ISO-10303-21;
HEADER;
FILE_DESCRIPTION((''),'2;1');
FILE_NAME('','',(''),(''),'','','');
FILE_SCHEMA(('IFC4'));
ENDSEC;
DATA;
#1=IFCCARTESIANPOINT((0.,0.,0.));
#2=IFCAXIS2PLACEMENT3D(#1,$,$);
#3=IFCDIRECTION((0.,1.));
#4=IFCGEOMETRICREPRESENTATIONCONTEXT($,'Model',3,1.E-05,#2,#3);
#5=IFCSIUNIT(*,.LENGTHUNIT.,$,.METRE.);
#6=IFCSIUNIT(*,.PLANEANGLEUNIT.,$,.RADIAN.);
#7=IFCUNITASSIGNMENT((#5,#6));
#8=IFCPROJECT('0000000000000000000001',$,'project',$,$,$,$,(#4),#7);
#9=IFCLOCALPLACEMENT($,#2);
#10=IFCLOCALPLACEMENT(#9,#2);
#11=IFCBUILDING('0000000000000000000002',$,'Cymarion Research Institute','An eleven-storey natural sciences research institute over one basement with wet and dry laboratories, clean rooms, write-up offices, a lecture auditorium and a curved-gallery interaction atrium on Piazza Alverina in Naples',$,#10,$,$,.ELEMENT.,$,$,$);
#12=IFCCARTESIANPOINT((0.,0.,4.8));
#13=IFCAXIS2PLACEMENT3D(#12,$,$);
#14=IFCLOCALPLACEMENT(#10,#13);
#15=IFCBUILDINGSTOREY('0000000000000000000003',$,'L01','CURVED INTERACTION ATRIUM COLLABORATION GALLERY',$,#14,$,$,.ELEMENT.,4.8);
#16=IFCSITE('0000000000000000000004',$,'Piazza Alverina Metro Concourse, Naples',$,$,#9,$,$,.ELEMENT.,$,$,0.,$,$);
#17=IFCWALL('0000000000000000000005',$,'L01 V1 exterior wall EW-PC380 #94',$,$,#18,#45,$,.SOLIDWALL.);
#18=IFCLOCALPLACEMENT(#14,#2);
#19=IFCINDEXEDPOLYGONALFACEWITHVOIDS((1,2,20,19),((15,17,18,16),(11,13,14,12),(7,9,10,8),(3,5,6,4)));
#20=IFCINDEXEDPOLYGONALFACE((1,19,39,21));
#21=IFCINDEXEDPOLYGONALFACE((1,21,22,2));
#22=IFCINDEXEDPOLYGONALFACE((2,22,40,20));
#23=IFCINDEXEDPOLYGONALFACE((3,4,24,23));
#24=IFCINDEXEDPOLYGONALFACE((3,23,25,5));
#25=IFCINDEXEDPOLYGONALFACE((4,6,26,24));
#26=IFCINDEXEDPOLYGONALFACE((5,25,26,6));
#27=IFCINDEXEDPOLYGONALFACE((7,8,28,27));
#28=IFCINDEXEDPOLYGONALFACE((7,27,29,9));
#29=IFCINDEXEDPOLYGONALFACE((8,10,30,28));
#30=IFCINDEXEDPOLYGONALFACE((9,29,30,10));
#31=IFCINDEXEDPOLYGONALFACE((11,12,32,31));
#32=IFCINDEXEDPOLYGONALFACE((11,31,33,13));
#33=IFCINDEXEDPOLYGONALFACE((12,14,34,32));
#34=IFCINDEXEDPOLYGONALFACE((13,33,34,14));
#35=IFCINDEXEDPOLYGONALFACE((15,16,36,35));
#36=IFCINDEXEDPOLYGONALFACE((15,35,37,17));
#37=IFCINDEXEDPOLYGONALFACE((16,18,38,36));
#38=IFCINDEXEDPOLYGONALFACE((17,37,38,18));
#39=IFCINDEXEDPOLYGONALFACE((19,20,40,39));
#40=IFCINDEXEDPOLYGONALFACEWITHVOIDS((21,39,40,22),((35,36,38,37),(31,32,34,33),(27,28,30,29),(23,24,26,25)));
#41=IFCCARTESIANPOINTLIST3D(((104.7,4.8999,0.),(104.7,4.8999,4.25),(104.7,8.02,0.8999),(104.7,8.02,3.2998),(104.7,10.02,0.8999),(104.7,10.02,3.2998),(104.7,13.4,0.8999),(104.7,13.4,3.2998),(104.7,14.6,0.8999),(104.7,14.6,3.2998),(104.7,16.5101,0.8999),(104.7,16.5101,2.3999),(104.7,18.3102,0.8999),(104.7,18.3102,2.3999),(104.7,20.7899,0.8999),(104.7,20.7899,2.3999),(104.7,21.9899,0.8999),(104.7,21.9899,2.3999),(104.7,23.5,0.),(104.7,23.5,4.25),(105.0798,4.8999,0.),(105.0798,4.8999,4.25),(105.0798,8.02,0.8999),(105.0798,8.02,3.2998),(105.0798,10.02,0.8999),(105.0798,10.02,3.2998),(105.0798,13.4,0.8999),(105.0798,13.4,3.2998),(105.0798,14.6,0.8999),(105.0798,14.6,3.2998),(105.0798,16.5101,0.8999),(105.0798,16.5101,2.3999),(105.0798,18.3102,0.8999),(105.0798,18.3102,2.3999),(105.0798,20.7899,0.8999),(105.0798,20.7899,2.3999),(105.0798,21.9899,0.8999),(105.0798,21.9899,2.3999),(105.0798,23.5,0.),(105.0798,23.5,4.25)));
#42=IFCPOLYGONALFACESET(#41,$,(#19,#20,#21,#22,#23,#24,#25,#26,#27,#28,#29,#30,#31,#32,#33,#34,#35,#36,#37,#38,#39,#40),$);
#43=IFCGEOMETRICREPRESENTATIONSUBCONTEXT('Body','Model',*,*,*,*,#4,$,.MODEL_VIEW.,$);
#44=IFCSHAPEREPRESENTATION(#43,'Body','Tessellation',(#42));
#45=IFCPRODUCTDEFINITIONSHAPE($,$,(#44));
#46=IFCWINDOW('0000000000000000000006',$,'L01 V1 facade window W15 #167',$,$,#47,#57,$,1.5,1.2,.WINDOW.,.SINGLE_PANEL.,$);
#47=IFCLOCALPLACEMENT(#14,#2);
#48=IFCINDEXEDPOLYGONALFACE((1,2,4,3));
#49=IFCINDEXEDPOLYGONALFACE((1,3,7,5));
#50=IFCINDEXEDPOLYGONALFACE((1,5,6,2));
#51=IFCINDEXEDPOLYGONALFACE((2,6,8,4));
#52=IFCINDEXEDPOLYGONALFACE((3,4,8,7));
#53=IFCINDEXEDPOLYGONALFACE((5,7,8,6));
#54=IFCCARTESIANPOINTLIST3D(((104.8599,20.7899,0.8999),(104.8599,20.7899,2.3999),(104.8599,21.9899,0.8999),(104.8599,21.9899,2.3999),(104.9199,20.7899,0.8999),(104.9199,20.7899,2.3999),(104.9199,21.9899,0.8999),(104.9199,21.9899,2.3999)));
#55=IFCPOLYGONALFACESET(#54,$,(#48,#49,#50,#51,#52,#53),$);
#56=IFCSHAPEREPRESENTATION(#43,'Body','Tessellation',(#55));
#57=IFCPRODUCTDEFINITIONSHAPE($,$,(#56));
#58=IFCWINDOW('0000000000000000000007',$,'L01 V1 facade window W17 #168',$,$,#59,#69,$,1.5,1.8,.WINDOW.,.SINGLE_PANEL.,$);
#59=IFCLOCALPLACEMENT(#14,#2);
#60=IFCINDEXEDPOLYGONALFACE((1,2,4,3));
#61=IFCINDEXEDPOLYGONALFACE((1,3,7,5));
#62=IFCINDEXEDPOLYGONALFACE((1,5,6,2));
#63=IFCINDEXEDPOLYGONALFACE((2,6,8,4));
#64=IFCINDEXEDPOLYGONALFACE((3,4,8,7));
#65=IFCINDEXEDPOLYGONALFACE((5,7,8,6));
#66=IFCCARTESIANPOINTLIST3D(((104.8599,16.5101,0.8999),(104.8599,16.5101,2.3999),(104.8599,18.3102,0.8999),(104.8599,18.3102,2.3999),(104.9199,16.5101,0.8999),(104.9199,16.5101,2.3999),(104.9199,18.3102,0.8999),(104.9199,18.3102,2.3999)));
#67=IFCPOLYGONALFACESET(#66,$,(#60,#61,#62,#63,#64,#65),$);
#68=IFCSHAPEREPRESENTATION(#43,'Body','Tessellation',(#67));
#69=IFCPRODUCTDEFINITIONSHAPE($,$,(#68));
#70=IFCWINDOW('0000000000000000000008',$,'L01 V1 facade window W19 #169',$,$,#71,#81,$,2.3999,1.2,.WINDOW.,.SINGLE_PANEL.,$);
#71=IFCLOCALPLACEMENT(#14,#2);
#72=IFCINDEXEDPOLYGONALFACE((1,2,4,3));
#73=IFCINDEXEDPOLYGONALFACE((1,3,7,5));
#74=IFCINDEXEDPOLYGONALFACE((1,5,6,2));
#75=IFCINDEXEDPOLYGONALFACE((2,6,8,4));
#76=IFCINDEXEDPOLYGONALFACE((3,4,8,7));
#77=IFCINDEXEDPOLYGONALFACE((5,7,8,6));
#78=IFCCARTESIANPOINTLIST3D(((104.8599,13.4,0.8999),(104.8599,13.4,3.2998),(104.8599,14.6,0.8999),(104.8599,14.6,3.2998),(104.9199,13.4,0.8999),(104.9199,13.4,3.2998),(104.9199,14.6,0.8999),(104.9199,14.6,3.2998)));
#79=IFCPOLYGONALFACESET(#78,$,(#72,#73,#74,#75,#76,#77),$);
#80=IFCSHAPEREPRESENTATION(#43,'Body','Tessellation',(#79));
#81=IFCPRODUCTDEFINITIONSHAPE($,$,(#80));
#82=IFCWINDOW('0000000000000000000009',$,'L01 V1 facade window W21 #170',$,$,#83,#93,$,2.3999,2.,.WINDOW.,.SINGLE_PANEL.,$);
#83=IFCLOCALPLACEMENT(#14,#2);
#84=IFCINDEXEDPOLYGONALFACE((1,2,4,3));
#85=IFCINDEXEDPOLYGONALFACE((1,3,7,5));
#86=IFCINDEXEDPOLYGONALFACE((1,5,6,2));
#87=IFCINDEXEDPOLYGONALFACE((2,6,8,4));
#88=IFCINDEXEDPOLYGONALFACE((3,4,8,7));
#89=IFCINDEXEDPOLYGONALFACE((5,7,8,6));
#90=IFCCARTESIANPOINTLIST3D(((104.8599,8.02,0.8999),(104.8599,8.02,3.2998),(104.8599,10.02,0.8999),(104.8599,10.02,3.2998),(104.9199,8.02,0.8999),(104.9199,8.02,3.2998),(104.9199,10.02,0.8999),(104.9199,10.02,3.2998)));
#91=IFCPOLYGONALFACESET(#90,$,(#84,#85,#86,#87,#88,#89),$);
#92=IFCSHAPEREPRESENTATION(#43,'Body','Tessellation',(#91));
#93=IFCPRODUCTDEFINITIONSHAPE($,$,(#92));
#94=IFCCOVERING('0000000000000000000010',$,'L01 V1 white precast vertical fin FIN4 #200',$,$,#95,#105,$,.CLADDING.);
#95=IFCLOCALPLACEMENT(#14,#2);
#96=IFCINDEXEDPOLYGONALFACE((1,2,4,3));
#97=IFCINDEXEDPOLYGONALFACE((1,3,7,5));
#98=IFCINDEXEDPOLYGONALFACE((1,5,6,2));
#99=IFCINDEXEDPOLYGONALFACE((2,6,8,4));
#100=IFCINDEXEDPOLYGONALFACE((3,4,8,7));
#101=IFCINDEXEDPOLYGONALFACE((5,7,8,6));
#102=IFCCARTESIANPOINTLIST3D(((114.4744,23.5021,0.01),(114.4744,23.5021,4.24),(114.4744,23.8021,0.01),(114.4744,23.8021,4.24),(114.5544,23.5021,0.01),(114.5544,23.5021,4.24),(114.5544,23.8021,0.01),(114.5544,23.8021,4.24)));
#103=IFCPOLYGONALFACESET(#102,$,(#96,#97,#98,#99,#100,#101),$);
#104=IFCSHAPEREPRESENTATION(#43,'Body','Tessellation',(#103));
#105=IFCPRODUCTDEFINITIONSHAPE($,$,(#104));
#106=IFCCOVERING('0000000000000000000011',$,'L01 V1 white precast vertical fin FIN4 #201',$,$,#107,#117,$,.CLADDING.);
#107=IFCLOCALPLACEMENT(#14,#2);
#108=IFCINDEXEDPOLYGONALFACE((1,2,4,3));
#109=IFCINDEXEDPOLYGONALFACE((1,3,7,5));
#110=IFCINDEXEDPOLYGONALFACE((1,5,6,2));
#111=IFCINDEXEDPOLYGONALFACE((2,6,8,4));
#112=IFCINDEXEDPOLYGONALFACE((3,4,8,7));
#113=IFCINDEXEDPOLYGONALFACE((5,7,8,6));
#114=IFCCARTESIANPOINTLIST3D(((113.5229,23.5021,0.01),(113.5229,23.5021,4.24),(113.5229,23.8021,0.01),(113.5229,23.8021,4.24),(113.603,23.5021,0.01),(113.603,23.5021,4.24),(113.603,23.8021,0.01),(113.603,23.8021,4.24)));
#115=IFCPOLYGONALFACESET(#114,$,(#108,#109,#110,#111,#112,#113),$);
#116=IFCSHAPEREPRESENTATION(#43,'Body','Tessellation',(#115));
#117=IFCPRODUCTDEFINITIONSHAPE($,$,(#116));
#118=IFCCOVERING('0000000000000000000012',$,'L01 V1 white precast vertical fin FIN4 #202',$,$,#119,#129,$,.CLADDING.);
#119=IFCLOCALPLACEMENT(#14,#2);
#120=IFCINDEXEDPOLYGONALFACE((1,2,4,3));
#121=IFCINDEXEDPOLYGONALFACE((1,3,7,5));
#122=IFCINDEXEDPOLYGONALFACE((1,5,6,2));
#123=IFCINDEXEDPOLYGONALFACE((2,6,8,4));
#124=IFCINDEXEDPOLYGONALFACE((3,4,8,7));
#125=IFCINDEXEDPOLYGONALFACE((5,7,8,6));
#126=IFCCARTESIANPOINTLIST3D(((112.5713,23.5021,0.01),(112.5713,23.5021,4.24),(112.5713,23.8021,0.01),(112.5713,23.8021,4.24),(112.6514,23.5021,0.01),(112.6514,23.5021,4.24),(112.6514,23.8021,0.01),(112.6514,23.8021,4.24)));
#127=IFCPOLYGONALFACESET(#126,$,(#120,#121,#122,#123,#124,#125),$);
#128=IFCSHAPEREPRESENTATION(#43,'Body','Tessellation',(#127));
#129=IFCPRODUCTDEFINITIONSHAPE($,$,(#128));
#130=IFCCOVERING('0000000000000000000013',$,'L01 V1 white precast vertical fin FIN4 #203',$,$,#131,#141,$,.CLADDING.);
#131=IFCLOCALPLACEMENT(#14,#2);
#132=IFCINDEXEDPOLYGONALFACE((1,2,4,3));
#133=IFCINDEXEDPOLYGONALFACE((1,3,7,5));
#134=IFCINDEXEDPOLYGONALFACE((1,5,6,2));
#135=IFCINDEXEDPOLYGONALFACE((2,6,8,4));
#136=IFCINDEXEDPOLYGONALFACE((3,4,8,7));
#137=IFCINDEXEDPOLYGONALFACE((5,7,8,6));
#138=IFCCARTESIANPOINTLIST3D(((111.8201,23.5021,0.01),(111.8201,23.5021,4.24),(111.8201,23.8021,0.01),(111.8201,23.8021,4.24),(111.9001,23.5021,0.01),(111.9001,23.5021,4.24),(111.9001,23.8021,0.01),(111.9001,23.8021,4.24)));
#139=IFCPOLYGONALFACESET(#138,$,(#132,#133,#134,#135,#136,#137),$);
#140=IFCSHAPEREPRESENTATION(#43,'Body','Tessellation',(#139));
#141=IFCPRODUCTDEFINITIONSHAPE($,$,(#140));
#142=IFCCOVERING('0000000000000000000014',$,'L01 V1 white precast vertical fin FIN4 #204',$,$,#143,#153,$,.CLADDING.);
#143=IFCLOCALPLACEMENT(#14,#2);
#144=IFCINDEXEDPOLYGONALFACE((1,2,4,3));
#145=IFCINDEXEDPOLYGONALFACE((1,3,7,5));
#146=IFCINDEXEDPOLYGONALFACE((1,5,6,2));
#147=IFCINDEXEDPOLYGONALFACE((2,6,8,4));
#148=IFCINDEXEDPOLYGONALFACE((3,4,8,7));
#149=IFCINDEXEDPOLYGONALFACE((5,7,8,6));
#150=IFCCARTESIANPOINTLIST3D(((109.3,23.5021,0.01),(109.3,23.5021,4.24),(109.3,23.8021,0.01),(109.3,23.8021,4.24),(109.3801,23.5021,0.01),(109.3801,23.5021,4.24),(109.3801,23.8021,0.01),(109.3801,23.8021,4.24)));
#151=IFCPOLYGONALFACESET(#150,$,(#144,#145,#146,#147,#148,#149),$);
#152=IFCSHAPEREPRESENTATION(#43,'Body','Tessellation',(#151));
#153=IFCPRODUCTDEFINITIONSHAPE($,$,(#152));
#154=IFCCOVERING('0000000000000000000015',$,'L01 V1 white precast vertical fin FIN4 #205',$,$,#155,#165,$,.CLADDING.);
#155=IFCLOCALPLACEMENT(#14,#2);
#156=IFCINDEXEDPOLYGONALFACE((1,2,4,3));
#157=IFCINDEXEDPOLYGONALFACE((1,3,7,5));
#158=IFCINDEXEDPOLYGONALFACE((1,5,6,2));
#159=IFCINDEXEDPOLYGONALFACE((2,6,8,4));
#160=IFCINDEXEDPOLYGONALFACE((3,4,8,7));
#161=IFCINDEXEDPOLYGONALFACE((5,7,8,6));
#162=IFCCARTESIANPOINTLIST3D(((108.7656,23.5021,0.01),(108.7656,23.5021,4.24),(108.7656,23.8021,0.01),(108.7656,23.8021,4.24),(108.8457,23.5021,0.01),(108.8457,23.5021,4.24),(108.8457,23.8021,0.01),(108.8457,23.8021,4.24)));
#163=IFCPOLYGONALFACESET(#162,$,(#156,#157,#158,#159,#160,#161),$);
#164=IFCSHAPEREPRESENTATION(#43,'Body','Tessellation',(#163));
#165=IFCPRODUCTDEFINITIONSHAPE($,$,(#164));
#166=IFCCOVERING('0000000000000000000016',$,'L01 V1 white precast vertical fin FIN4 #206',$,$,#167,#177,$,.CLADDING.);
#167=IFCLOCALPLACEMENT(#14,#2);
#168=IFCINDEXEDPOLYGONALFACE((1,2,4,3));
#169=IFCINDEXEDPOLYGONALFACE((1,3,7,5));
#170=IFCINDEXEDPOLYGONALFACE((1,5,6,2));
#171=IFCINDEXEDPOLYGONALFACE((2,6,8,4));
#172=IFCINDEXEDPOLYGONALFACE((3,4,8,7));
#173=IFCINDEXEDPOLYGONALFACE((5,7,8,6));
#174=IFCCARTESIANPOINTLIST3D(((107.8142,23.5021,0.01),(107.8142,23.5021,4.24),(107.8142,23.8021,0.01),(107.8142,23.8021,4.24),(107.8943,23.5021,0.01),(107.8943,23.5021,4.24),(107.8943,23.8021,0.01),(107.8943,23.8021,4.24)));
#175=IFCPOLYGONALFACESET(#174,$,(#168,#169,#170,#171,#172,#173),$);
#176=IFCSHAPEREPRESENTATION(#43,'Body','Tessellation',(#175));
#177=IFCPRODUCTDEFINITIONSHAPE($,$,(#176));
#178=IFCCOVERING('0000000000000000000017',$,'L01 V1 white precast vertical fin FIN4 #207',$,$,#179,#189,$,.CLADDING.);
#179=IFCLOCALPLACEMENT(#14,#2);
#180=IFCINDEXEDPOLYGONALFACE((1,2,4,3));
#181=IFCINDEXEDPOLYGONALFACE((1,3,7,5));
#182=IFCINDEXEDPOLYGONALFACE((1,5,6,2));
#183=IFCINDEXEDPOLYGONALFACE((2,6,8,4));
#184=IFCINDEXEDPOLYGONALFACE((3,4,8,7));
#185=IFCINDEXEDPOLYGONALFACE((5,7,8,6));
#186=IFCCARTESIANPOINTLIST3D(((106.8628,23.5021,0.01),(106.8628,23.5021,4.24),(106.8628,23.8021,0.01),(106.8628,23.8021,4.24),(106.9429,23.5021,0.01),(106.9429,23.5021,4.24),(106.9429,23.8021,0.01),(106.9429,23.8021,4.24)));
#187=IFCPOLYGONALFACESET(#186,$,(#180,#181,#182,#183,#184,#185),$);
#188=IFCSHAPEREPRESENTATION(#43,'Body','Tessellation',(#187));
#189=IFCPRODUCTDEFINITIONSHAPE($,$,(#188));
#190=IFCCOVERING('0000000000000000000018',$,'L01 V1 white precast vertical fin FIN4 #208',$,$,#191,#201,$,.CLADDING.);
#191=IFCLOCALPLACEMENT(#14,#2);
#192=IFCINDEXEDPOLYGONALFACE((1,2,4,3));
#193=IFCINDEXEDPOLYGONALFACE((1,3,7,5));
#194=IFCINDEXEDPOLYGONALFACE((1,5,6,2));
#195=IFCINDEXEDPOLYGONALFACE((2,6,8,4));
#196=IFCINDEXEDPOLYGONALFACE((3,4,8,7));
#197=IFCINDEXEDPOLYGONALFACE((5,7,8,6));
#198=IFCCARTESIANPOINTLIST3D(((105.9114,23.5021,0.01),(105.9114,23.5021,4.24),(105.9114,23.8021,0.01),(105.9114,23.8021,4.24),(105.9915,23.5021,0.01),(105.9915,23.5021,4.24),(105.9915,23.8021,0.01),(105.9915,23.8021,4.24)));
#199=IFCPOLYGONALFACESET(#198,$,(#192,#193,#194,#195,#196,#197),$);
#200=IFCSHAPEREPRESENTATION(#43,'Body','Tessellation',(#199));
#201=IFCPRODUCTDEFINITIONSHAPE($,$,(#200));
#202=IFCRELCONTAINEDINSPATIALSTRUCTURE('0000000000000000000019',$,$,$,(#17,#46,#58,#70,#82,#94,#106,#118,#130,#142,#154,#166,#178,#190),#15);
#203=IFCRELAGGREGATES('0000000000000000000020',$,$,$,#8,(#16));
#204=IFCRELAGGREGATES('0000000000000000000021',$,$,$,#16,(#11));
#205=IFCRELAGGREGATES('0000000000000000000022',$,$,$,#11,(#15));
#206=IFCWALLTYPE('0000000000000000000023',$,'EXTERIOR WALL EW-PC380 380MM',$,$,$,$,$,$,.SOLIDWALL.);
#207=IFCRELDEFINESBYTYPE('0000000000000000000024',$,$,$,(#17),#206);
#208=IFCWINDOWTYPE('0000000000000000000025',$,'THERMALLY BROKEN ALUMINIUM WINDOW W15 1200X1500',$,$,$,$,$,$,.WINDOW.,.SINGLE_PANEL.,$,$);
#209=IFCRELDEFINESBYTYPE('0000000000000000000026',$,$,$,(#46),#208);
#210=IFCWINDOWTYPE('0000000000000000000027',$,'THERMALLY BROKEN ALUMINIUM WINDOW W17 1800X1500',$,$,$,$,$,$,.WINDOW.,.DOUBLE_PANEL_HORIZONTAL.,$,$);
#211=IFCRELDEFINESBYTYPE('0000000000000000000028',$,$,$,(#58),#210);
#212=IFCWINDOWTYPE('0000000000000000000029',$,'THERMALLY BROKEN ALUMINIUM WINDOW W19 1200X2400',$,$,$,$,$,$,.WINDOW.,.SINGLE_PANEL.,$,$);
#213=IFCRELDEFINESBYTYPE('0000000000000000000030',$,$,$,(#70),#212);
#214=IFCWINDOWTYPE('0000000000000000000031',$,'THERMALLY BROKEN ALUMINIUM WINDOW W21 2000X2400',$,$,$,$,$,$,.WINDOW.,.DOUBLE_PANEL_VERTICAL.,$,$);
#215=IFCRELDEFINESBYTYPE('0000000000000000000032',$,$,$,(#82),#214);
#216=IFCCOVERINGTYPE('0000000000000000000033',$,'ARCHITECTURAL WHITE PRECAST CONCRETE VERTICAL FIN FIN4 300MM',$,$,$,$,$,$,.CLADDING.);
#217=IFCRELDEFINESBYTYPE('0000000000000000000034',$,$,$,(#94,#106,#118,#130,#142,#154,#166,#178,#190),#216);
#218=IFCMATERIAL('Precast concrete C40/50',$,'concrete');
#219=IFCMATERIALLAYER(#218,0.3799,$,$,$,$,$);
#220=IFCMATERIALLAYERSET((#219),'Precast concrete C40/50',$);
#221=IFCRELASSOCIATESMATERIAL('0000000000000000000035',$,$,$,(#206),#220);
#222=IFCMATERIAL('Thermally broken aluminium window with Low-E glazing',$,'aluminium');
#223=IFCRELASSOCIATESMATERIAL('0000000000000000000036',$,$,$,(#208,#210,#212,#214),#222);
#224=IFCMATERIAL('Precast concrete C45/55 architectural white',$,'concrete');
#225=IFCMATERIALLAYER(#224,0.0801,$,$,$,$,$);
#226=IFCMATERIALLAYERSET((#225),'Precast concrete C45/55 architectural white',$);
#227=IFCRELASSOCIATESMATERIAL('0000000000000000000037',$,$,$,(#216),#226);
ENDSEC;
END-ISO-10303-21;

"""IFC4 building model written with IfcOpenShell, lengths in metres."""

from ifc_helpers import new_model, si_unit, direction, frame, frame_2d, origin, origin_2d, place, context, subcontext, project, spatial, rectangle, extrude, material, layer, layer_set, type_object, element, fill, save


model = new_model("IFC4")

# Units and contexts
model_context = context("Model", 3, precision=1e-05, world=origin(), true_north=direction((0.0, 1.0)))
body_context = subcontext(model_context, "Body", "Model", "MODEL_VIEW")
ifc_project = project(units=[si_unit("LENGTHUNIT", "METRE"), si_unit("PLANEANGLEUNIT", "RADIAN")], contexts=[model_context])

# Site, building, storey
site_placement = place(None, origin())
site = spatial("IfcSite", under=ifc_project, at=site_placement, Name="Piazza Alverina Metro Concourse, Naples", CompositionType="ELEMENT", RefElevation=0.0)
building_placement = place(site_placement, origin())
building = spatial("IfcBuilding", under=site, at=building_placement, Name="Cymarion Research Institute", Description="An eleven-storey natural sciences research institute over one basement with wet and dry laboratories, clean rooms, write-up offices, a lecture auditorium and a curved-gallery interaction atrium on Piazza Alverina in Naples", CompositionType="ELEMENT")
storey_placement = place(building_placement, frame((0.0, 0.0, 4.8)))
storey = spatial("IfcBuildingStorey", under=building, at=storey_placement, Name="L01", Description="CURVED INTERACTION ATRIUM COLLABORATION GALLERY", CompositionType="ELEMENT", Elevation=4.8)

# Wall, openings, windows
ifc_material_1 = material(Name="Precast concrete C40/50", Category="concrete")
ifc_layer_1 = layer(ifc_material_1, 0.3799)
ifc_layer_set_1 = layer_set([ifc_layer_1], Name="Precast concrete C40/50")
wall_type = type_object("IfcWallType", Name="EXTERIOR WALL EW-PC380 380MM", PredefinedType="SOLIDWALL", material=ifc_layer_set_1)
wall_placement = place(storey_placement, frame((104.8899, 23.5, 0.0), z_axis=(0.0, 0.0, 1.0), x_axis=(0.0, -1.0, 0.0)))
wall = element("IfcWall", 1, at=wall_placement, inside=storey, type_object=wall_type, Name="L01 V1 exterior wall EW-PC380 #94", PredefinedType="SOLIDWALL", context=body_context, shape_type="SweptSolid", body=[
    extrude(rectangle(XDim=18.6001, YDim=0.3799, at=frame_2d((9.3, 0.0))), origin(), (0.0, 0.0, 1.0), 4.25),
])
opening_1_placement = place(wall_placement, frame((1.51, 0.0, 0.8999)))
opening_1 = element("IfcOpeningElement", 2, at=opening_1_placement, cuts=wall, PredefinedType="OPENING", context=body_context, shape_type="SweptSolid", body=[
    extrude(rectangle(XDim=1.2, YDim=1.5, at=frame_2d((0.6001, 0.75))), frame((0.0, 0.2, 0.0), z_axis=(0.0, -1.0, 0.0), x_axis=(1.0, 0.0, 0.0)), (0.0, 0.0, 1.0), 0.3999),
])
opening_2_placement = place(wall_placement, frame((5.1899, 0.0, 0.8999)))
opening_2 = element("IfcOpeningElement", 3, at=opening_2_placement, cuts=wall, PredefinedType="OPENING", context=body_context, shape_type="SweptSolid", body=[
    extrude(rectangle(XDim=1.8, YDim=1.5, at=frame_2d((0.8999, 0.75))), frame((0.0, 0.2, 0.0), z_axis=(0.0, -1.0, 0.0), x_axis=(1.0, 0.0, 0.0)), (0.0, 0.0, 1.0), 0.3999),
])
opening_3_placement = place(wall_placement, frame((8.8999, 0.0, 0.8999)))
opening_3 = element("IfcOpeningElement", 4, at=opening_3_placement, cuts=wall, PredefinedType="OPENING", context=body_context, shape_type="SweptSolid", body=[
    extrude(rectangle(XDim=1.2, YDim=2.3999, at=frame_2d((0.6001, 1.2))), frame((0.0, 0.2, 0.0), z_axis=(0.0, -1.0, 0.0), x_axis=(1.0, 0.0, 0.0)), (0.0, 0.0, 1.0), 0.3999),
])
opening_4_placement = place(wall_placement, frame((13.48, 0.0, 0.8999)))
opening_4 = element("IfcOpeningElement", 5, at=opening_4_placement, cuts=wall, PredefinedType="OPENING", context=body_context, shape_type="SweptSolid", body=[
    extrude(rectangle(XDim=2.0, YDim=2.3999, at=frame_2d((1.0, 1.2))), frame((0.0, 0.2, 0.0), z_axis=(0.0, -1.0, 0.0), x_axis=(1.0, 0.0, 0.0)), (0.0, 0.0, 1.0), 0.3999),
])
ifc_material_2 = material(Name="Thermally broken aluminium window with Low-E glazing", Category="aluminium")
window_type_1 = type_object("IfcWindowType", Name="THERMALLY BROKEN ALUMINIUM WINDOW W15 1200X1500", PartitioningType="SINGLE_PANEL", PredefinedType="WINDOW", material=ifc_material_2)
window_1_placement = place(opening_1_placement, origin())
window_1 = element("IfcWindow", 6, at=window_1_placement, inside=storey, type_object=window_type_1, Name="L01 V1 facade window W15 #167", OverallHeight=1.5, OverallWidth=1.2, PartitioningType="SINGLE_PANEL", PredefinedType="WINDOW", context=body_context, shape_type="SweptSolid", body=[
    extrude(rectangle(XDim=1.2, YDim=1.5, at=frame_2d((0.6001, 0.75))), frame((0.0, 0.03, 0.0), z_axis=(0.0, -1.0, 0.0), x_axis=(1.0, 0.0, 0.0)), (0.0, 0.0, 1.0), 0.0601),
])
fill(opening_1, window_1)
window_type_2 = type_object("IfcWindowType", Name="THERMALLY BROKEN ALUMINIUM WINDOW W17 1800X1500", PartitioningType="DOUBLE_PANEL_HORIZONTAL", PredefinedType="WINDOW", material=ifc_material_2)
window_2_placement = place(opening_2_placement, origin())
window_2 = element("IfcWindow", 7, at=window_2_placement, inside=storey, type_object=window_type_2, Name="L01 V1 facade window W17 #168", OverallHeight=1.5, OverallWidth=1.8, PartitioningType="SINGLE_PANEL", PredefinedType="WINDOW", context=body_context, shape_type="SweptSolid", body=[
    extrude(rectangle(XDim=1.8, YDim=1.5, at=frame_2d((0.8999, 0.75))), frame((0.0, 0.03, 0.0), z_axis=(0.0, -1.0, 0.0), x_axis=(1.0, 0.0, 0.0)), (0.0, 0.0, 1.0), 0.0601),
])
fill(opening_2, window_2)
window_type_3 = type_object("IfcWindowType", Name="THERMALLY BROKEN ALUMINIUM WINDOW W19 1200X2400", PartitioningType="SINGLE_PANEL", PredefinedType="WINDOW", material=ifc_material_2)
window_3_placement = place(opening_3_placement, origin())
window_3 = element("IfcWindow", 8, at=window_3_placement, inside=storey, type_object=window_type_3, Name="L01 V1 facade window W19 #169", OverallHeight=2.3999, OverallWidth=1.2, PartitioningType="SINGLE_PANEL", PredefinedType="WINDOW", context=body_context, shape_type="SweptSolid", body=[
    extrude(rectangle(XDim=1.2, YDim=2.3999, at=frame_2d((0.6001, 1.2))), frame((0.0, 0.03, 0.0), z_axis=(0.0, -1.0, 0.0), x_axis=(1.0, 0.0, 0.0)), (0.0, 0.0, 1.0), 0.0601),
])
fill(opening_3, window_3)
window_type_4 = type_object("IfcWindowType", Name="THERMALLY BROKEN ALUMINIUM WINDOW W21 2000X2400", PartitioningType="DOUBLE_PANEL_VERTICAL", PredefinedType="WINDOW", material=ifc_material_2)
window_4_placement = place(opening_4_placement, origin())
window_4 = element("IfcWindow", 9, at=window_4_placement, inside=storey, type_object=window_type_4, Name="L01 V1 facade window W21 #170", OverallHeight=2.3999, OverallWidth=2.0, PartitioningType="SINGLE_PANEL", PredefinedType="WINDOW", context=body_context, shape_type="SweptSolid", body=[
    extrude(rectangle(XDim=2.0, YDim=2.3999, at=frame_2d((1.0, 1.2))), frame((0.0, 0.03, 0.0), z_axis=(0.0, -1.0, 0.0), x_axis=(1.0, 0.0, 0.0)), (0.0, 0.0, 1.0), 0.0601),
])
fill(opening_4, window_4)

# Coverings
ifc_material_3 = material(Name="Precast concrete C45/55 architectural white", Category="concrete")
ifc_layer_2 = layer(ifc_material_3, 0.0801)
ifc_layer_set_2 = layer_set([ifc_layer_2], Name="Precast concrete C45/55 architectural white")
covering_type_1 = type_object("IfcCoveringType", Name="ARCHITECTURAL WHITE PRECAST CONCRETE VERTICAL FIN FIN4 300MM", PredefinedType="CLADDING", material=ifc_layer_set_2)
for number, where, z_axis, x_axis, name in (
    (10, (114.5144, 23.6521, 0.01), (0.0, 0.0, 1.0), (0.0, 1.0, 0.0), "L01 V1 white precast vertical fin FIN4 #200"),
    (11, (113.563, 23.6521, 0.01), (0.0, 0.0, 1.0), (0.0, 1.0, 0.0), "L01 V1 white precast vertical fin FIN4 #201"),
    (12, (112.6113, 23.6521, 0.01), (0.0, 0.0, 1.0), (0.0, 1.0, 0.0), "L01 V1 white precast vertical fin FIN4 #202"),
    (13, (111.8601, 23.6521, 0.01), (0.0, 0.0, 1.0), (0.0, 1.0, 0.0), "L01 V1 white precast vertical fin FIN4 #203"),
    (14, (109.3401, 23.6521, 0.01), (0.0, 0.0, 1.0), (0.0, 1.0, 0.0), "L01 V1 white precast vertical fin FIN4 #204"),
    (15, (108.8057, 23.6521, 0.01), (0.0, 0.0, 1.0), (0.0, 1.0, 0.0), "L01 V1 white precast vertical fin FIN4 #205"),
    (16, (107.8542, 23.6521, 0.01), (0.0, 0.0, 1.0), (0.0, 1.0, 0.0), "L01 V1 white precast vertical fin FIN4 #206"),
    (17, (106.9028, 23.6521, 0.01), (0.0, 0.0, 1.0), (0.0, 1.0, 0.0), "L01 V1 white precast vertical fin FIN4 #207"),
    (18, (105.9514, 23.6521, 0.01), (0.0, 0.0, 1.0), (0.0, 1.0, 0.0), "L01 V1 white precast vertical fin FIN4 #208"),
):
    element("IfcCovering", number, at=place(storey_placement, frame(where, z_axis=z_axis, x_axis=x_axis)), inside=storey, type_object=covering_type_1, Name=name, PredefinedType="CLADDING", context=body_context, shape_type="SweptSolid", body=[
        extrude(rectangle(XDim=0.3, YDim=0.0801, at=origin_2d()), origin(), (0.0, 0.0, 1.0), 4.23),
    ])

save(model, "model.ifc")
